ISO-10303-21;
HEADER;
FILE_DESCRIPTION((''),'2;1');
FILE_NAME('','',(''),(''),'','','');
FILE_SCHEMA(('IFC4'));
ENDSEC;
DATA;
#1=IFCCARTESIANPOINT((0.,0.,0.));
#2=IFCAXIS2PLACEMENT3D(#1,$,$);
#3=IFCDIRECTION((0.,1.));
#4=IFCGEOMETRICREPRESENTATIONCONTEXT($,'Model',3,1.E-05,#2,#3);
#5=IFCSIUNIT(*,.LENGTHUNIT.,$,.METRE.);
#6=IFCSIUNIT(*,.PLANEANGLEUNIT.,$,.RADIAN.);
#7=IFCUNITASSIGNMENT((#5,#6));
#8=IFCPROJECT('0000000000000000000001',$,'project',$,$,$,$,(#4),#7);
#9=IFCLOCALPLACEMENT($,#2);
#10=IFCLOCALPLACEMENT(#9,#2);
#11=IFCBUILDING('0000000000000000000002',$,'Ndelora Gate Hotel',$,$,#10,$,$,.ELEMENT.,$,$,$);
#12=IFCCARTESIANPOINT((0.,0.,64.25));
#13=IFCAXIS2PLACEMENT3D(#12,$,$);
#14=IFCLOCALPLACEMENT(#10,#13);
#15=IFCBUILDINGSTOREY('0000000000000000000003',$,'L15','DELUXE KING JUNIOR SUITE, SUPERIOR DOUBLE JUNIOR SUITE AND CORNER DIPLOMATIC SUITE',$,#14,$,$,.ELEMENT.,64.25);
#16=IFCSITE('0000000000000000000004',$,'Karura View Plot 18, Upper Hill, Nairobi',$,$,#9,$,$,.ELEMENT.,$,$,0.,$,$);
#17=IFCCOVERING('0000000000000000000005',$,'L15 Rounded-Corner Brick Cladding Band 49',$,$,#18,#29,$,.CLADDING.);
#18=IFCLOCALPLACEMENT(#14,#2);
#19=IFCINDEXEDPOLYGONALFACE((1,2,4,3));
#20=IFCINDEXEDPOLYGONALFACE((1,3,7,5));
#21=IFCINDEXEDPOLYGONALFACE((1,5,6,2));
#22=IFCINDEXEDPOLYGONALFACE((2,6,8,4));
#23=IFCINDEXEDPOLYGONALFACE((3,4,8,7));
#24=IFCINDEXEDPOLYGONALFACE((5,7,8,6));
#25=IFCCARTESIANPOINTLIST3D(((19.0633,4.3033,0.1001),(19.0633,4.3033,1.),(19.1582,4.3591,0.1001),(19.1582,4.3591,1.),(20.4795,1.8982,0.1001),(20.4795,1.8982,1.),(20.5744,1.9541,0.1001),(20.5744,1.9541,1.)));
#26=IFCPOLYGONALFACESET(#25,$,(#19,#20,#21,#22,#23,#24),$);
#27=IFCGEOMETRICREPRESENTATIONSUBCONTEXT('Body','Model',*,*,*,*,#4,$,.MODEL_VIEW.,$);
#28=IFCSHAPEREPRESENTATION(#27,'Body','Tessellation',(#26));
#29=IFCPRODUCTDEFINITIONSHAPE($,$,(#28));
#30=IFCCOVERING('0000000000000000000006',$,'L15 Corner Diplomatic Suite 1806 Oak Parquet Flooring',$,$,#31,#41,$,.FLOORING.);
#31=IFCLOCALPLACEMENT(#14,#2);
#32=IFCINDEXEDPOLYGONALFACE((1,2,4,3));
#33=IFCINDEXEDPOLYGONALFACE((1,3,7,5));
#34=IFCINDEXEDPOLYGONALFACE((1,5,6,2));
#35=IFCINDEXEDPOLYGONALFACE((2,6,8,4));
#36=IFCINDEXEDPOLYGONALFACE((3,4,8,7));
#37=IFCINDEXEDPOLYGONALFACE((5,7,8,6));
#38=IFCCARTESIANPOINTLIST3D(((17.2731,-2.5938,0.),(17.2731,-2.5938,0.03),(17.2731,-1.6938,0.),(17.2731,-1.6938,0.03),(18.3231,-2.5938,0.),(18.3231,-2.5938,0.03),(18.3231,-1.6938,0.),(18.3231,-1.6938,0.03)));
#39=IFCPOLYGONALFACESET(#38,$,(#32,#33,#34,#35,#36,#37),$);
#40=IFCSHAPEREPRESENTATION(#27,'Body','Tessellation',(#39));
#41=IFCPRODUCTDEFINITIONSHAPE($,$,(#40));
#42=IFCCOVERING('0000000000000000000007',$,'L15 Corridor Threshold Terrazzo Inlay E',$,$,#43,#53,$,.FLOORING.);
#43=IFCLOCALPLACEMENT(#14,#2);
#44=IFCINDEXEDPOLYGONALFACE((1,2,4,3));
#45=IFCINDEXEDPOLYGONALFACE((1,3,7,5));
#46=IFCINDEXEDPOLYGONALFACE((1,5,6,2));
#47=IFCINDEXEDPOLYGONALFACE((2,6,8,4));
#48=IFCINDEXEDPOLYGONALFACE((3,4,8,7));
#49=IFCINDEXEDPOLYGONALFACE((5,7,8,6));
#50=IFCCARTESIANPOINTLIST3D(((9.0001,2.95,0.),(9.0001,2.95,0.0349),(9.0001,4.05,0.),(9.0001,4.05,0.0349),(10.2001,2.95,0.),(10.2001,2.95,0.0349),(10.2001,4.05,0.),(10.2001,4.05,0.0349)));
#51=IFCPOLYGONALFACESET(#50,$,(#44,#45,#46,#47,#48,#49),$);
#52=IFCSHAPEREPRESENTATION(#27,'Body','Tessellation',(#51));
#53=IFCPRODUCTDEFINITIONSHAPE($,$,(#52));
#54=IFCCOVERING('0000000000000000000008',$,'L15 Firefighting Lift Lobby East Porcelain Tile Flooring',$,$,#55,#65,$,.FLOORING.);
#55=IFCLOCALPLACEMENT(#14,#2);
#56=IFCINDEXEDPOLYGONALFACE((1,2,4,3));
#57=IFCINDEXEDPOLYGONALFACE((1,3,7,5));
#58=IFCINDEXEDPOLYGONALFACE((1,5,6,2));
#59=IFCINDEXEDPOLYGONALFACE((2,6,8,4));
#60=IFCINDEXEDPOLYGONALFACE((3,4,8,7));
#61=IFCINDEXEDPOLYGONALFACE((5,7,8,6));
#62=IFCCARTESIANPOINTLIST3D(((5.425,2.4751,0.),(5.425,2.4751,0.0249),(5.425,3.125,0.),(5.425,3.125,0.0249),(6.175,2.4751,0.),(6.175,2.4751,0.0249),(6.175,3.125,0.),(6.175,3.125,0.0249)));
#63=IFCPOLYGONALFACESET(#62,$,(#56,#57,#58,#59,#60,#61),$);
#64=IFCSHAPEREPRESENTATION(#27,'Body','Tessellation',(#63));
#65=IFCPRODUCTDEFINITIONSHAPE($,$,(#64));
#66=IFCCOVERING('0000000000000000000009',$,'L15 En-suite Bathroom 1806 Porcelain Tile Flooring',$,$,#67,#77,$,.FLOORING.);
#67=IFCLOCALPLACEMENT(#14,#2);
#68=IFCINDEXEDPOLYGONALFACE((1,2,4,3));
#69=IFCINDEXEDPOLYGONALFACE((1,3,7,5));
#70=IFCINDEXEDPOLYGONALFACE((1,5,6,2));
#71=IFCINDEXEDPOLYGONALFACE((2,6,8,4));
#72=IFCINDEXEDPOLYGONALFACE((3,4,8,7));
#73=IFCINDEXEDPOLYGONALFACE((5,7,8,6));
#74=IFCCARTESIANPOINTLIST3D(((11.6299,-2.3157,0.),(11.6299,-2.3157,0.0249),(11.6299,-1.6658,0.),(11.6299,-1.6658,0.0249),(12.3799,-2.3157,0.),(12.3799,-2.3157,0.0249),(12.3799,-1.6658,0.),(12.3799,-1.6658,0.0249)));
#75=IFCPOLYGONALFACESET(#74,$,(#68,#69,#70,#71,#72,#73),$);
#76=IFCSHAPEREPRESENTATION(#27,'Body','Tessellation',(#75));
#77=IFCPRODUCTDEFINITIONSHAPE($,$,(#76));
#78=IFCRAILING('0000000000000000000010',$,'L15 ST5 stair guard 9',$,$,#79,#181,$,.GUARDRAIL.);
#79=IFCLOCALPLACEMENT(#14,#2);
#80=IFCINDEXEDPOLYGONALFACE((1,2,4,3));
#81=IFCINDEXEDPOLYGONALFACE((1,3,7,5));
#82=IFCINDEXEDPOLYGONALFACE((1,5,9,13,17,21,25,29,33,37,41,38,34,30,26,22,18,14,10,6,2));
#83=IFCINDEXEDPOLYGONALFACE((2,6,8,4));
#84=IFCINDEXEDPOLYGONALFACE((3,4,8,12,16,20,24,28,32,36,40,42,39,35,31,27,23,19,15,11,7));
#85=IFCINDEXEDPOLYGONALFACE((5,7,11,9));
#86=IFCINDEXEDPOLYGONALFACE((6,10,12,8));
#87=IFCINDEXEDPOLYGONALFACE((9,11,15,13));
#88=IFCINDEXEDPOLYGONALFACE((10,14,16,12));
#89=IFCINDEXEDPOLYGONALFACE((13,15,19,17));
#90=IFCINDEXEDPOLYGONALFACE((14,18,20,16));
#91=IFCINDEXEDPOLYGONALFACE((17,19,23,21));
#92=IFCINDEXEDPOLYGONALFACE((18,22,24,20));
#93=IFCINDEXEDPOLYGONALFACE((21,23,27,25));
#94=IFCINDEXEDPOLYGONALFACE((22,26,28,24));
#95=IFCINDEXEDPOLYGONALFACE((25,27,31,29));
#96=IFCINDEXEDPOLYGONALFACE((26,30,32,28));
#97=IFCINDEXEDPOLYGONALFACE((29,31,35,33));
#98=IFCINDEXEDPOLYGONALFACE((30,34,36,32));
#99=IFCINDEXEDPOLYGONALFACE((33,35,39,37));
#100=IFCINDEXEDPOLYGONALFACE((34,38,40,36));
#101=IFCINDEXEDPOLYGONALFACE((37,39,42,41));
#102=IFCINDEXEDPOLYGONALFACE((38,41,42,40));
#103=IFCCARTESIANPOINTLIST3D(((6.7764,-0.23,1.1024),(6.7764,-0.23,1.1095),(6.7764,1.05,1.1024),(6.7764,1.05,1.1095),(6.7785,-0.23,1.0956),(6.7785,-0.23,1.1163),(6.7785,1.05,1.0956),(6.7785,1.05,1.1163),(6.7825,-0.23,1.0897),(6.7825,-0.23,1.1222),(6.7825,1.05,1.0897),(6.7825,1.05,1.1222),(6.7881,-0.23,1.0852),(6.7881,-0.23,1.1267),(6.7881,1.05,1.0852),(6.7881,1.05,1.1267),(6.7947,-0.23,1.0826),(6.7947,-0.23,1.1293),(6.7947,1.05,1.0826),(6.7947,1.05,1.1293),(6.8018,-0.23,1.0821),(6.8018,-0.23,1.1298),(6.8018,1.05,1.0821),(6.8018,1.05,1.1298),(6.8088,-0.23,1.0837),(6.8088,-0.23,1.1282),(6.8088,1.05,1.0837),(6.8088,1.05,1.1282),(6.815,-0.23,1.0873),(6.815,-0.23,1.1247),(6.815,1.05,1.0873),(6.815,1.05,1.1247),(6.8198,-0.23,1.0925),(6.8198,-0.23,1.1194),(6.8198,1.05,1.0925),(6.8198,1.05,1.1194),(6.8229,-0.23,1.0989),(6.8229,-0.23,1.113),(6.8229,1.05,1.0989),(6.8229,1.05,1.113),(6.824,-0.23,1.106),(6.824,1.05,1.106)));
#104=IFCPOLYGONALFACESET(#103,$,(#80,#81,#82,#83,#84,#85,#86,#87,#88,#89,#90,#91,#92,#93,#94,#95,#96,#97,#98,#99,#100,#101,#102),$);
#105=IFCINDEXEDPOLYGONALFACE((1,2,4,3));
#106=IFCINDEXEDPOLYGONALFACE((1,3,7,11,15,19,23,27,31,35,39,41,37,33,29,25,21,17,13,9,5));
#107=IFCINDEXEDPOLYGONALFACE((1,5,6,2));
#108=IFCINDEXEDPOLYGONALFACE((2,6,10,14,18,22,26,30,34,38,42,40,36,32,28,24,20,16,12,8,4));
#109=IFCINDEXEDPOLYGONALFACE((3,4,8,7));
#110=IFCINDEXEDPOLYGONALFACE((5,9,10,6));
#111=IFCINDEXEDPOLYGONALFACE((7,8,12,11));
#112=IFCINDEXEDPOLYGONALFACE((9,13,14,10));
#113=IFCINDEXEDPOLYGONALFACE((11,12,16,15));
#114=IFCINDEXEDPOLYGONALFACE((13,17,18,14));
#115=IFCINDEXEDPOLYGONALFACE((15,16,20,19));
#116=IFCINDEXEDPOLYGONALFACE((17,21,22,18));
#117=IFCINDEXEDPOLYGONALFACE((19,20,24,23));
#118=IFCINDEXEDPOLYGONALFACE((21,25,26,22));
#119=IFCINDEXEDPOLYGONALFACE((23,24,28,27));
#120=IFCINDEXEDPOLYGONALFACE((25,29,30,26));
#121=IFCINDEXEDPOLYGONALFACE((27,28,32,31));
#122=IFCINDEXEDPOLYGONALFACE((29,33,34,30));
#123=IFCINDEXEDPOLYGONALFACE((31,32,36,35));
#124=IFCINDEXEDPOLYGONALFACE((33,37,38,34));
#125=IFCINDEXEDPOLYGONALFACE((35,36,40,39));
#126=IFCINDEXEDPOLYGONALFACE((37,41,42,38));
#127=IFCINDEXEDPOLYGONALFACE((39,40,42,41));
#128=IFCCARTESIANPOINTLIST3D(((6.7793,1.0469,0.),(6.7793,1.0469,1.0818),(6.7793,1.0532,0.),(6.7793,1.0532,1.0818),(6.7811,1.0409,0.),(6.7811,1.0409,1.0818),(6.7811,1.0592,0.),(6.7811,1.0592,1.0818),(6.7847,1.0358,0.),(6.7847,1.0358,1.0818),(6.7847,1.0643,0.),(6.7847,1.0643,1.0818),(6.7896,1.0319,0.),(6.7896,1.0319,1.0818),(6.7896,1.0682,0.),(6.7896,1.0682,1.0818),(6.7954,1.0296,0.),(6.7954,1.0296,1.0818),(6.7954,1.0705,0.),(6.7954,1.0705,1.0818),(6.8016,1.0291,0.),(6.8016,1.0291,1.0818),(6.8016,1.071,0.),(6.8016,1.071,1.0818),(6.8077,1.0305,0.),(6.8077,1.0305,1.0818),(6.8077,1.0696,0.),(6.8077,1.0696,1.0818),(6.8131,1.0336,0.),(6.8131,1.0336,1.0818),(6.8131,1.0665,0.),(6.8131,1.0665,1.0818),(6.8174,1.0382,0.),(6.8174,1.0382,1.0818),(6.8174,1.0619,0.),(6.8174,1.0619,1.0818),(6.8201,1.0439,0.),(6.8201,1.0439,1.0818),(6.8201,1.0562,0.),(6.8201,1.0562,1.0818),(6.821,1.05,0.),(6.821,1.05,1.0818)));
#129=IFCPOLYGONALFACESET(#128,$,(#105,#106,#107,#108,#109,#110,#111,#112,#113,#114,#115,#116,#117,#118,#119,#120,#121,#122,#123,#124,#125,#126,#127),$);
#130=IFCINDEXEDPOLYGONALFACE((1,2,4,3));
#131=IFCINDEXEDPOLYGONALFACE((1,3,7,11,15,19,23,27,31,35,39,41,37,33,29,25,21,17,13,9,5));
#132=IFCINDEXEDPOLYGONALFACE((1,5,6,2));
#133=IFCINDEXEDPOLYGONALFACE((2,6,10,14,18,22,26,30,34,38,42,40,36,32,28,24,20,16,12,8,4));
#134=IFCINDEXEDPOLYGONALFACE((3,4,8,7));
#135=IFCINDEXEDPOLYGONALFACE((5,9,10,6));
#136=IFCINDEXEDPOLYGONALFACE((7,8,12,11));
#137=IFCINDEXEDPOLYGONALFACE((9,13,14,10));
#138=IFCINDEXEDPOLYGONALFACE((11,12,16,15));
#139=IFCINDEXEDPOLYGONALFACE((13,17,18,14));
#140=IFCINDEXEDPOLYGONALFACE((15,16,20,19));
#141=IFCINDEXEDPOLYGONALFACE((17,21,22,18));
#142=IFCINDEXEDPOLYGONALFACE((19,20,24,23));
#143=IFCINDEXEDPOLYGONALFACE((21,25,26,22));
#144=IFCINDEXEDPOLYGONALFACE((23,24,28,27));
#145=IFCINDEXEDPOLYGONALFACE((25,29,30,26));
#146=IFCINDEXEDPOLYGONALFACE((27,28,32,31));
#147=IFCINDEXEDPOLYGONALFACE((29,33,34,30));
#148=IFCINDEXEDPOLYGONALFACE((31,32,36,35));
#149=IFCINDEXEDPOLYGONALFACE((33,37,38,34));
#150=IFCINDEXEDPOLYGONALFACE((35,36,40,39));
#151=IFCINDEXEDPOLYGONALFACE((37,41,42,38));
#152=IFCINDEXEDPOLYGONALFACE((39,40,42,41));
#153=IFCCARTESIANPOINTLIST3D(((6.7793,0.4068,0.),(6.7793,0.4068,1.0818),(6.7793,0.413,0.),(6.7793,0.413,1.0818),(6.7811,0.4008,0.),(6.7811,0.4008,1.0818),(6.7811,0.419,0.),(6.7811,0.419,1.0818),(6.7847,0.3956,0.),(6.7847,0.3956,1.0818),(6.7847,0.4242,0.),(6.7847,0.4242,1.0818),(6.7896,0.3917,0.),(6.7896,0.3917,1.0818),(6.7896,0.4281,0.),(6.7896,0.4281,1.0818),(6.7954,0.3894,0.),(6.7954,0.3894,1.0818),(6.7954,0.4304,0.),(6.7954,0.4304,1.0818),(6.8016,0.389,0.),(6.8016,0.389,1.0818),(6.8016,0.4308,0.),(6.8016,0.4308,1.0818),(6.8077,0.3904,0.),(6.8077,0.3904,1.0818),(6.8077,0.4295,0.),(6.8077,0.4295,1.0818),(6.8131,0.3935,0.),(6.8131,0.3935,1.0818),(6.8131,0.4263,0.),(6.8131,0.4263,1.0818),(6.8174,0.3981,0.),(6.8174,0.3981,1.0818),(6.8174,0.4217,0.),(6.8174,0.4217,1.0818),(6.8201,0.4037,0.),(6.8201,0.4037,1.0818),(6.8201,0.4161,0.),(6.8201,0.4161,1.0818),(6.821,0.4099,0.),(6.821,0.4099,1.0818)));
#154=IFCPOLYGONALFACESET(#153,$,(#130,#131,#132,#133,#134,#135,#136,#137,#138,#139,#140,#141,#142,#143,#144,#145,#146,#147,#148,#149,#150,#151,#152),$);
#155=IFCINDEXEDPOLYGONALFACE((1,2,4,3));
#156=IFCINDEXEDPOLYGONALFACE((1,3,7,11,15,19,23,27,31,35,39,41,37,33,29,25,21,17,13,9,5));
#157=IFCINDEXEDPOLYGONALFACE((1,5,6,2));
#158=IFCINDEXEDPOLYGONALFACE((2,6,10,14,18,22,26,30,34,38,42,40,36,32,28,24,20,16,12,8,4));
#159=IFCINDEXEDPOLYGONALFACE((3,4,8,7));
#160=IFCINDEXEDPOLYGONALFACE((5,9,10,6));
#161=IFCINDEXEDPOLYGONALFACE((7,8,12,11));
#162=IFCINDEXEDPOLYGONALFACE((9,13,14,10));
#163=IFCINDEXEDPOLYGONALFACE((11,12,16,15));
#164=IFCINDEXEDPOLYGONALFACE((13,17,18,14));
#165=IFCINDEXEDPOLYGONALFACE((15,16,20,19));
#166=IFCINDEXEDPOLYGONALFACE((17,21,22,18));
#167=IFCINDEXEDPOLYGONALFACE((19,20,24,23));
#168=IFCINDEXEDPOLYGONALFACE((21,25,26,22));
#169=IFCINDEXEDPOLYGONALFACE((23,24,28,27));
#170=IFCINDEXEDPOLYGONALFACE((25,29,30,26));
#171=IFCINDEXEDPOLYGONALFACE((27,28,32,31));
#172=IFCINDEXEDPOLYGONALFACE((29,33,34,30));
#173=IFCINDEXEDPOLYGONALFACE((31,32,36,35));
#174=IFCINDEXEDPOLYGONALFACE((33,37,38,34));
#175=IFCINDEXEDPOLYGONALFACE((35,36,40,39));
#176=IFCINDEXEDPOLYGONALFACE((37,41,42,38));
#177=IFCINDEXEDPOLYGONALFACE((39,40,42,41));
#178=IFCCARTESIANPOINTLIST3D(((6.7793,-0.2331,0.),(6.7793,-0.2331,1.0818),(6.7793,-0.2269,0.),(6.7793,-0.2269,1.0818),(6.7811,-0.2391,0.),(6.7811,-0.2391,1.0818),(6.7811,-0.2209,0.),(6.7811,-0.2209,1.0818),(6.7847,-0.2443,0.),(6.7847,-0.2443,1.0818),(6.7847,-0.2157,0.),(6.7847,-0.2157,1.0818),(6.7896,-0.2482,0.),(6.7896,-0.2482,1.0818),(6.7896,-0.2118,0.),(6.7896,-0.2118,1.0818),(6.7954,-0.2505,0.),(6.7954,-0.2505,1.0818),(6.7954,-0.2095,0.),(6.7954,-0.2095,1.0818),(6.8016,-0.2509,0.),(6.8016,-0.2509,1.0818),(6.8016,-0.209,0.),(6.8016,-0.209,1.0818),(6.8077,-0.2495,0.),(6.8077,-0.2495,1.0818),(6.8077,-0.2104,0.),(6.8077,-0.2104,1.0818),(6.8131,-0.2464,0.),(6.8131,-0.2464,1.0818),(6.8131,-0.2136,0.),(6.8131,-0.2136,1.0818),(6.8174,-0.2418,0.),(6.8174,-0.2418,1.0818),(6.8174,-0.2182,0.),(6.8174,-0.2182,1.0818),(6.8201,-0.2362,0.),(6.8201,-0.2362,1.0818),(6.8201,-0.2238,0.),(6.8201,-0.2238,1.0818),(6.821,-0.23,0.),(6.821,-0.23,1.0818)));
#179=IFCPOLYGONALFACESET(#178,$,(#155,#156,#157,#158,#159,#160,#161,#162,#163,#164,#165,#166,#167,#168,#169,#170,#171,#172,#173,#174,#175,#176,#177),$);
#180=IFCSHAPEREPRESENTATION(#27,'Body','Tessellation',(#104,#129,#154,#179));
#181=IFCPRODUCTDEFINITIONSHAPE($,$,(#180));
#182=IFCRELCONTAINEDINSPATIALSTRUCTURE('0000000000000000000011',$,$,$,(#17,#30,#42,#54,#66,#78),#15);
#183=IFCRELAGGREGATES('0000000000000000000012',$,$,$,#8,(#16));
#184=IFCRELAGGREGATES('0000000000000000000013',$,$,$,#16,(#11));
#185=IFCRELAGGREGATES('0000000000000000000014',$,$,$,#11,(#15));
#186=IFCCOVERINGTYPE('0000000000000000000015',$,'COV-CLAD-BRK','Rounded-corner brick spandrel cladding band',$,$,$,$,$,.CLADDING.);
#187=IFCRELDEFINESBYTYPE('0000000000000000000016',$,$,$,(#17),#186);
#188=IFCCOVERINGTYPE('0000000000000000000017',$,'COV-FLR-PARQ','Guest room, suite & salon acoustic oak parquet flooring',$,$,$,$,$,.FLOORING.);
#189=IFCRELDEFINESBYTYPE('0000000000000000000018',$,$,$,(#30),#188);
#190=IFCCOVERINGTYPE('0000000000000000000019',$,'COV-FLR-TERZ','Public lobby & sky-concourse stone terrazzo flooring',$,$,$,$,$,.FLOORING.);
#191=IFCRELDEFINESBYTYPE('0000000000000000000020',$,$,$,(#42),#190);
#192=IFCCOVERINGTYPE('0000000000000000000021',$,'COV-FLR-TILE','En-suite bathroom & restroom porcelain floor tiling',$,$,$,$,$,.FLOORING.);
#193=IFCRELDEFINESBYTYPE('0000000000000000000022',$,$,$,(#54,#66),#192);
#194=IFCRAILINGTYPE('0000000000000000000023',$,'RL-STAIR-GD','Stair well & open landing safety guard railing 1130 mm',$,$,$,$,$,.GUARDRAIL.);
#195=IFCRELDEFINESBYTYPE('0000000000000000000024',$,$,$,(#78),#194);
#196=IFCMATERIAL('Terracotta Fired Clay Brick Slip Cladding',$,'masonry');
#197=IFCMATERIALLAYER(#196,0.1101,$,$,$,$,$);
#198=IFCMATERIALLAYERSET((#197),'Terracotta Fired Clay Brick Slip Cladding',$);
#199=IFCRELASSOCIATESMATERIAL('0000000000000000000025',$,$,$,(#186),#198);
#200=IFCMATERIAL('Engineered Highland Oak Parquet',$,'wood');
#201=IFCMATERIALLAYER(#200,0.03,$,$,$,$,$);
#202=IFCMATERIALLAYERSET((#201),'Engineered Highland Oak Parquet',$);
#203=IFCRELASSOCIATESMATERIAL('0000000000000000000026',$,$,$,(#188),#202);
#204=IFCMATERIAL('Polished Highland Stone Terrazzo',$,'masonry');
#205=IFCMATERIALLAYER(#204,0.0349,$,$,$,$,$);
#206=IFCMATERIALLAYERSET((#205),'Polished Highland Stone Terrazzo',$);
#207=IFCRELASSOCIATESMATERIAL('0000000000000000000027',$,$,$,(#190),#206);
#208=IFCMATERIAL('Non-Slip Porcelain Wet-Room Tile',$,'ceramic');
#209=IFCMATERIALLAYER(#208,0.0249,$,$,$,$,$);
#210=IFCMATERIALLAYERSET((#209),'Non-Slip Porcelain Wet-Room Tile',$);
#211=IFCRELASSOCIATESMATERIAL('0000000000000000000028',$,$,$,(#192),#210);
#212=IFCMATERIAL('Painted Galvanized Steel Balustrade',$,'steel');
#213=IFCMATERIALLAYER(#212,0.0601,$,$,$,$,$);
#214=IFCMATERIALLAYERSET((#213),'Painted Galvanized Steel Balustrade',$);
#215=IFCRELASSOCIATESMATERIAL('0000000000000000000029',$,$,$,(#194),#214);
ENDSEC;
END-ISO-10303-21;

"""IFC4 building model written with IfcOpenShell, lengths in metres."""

from ifc_helpers import new_model, si_unit, direction, frame, origin, origin_2d, place, context, subcontext, project, spatial, rectangle, circle, extrude, material, layer, layer_set, type_object, element, save


model = new_model("IFC4")

# Units and contexts
model_context = context("Model", 3, precision=1e-05, world=origin(), true_north=direction((0.0, 1.0)))
body_context = subcontext(model_context, "Body", "Model", "MODEL_VIEW")
ifc_project = project(units=[si_unit("LENGTHUNIT", "METRE"), si_unit("PLANEANGLEUNIT", "RADIAN")], contexts=[model_context])

# Site, building, storey
site_placement = place(None, origin())
site = spatial("IfcSite", under=ifc_project, at=site_placement, Name="Karura View Plot 18, Upper Hill, Nairobi", CompositionType="ELEMENT", RefElevation=0.0)
building_placement = place(site_placement, origin())
building = spatial("IfcBuilding", under=site, at=building_placement, Name="Ndelora Gate Hotel", CompositionType="ELEMENT")
storey_placement = place(building_placement, frame((0.0, 0.0, 64.25)))
storey = spatial("IfcBuildingStorey", under=building, at=storey_placement, Name="L15", Description="DELUXE KING JUNIOR SUITE, SUPERIOR DOUBLE JUNIOR SUITE AND CORNER DIPLOMATIC SUITE", CompositionType="ELEMENT", Elevation=64.25)

# Coverings
ifc_material_1 = material(Name="Terracotta Fired Clay Brick Slip Cladding", Category="masonry")
ifc_layer_1 = layer(ifc_material_1, 0.1101)
ifc_layer_set_1 = layer_set([ifc_layer_1], Name="Terracotta Fired Clay Brick Slip Cladding")
covering_type_1 = type_object("IfcCoveringType", Name="COV-CLAD-BRK", Description="Rounded-corner brick spandrel cladding band", PredefinedType="CLADDING", material=ifc_layer_set_1)
covering_1_placement = place(storey_placement, frame((19.8188, 3.1287, 0.1001), z_axis=(0.0, 0.0, 1.0), x_axis=(-0.507388, 0.861718, 0.0)))
element("IfcCovering", 1, at=covering_1_placement, inside=storey, type_object=covering_type_1, Name="L15 Rounded-Corner Brick Cladding Band 49", PredefinedType="CLADDING", context=body_context, shape_type="SweptSolid", body=[
    extrude(rectangle(XDim=2.791, YDim=0.1101, at=origin_2d()), origin(), (0.0, 0.0, 1.0), 0.8999),
])
ifc_material_2 = material(Name="Engineered Highland Oak Parquet", Category="wood")
ifc_layer_2 = layer(ifc_material_2, 0.03)
ifc_layer_set_2 = layer_set([ifc_layer_2], Name="Engineered Highland Oak Parquet")
covering_type_2 = type_object("IfcCoveringType", Name="COV-FLR-PARQ", Description="Guest room, suite & salon acoustic oak parquet flooring", PredefinedType="FLOORING", material=ifc_layer_set_2)
covering_2_placement = place(storey_placement, frame((17.7981, -2.1438, 0.0), z_axis=(0.0, 0.0, 1.0), x_axis=(1.0, 0.0, 0.0)))
element("IfcCovering", 2, at=covering_2_placement, inside=storey, type_object=covering_type_2, Name="L15 Corner Diplomatic Suite 1806 Oak Parquet Flooring", PredefinedType="FLOORING", context=body_context, shape_type="SweptSolid", body=[
    extrude(rectangle(XDim=1.05, YDim=0.8999, at=origin_2d()), origin(), (0.0, 0.0, 1.0), 0.03),
])
ifc_material_3 = material(Name="Polished Highland Stone Terrazzo", Category="masonry")
ifc_layer_3 = layer(ifc_material_3, 0.0349)
ifc_layer_set_3 = layer_set([ifc_layer_3], Name="Polished Highland Stone Terrazzo")
covering_type_3 = type_object("IfcCoveringType", Name="COV-FLR-TERZ", Description="Public lobby & sky-concourse stone terrazzo flooring", PredefinedType="FLOORING", material=ifc_layer_set_3)
covering_3_placement = place(storey_placement, frame((9.6001, 3.5, 0.0), z_axis=(0.0, 0.0, 1.0), x_axis=(1.0, 0.0, 0.0)))
element("IfcCovering", 3, at=covering_3_placement, inside=storey, type_object=covering_type_3, Name="L15 Corridor Threshold Terrazzo Inlay E", PredefinedType="FLOORING", context=body_context, shape_type="SweptSolid", body=[
    extrude(rectangle(XDim=1.2, YDim=1.1001, at=origin_2d()), origin(), (0.0, 0.0, 1.0), 0.0349),
])
ifc_material_4 = material(Name="Non-Slip Porcelain Wet-Room Tile", Category="ceramic")
ifc_layer_4 = layer(ifc_material_4, 0.0249)
ifc_layer_set_4 = layer_set([ifc_layer_4], Name="Non-Slip Porcelain Wet-Room Tile")
covering_type_4 = type_object("IfcCoveringType", Name="COV-FLR-TILE", Description="En-suite bathroom & restroom porcelain floor tiling", PredefinedType="FLOORING", material=ifc_layer_set_4)
for number, where, z_axis, x_axis, name in (
    (4, (5.8, 2.8, 0.0), (0.0, 0.0, 1.0), (1.0, 0.0, 0.0), "L15 Firefighting Lift Lobby East Porcelain Tile Flooring"),
    (5, (12.0049, -1.9907, 0.0), (0.0, 0.0, 1.0), (1.0, 0.0, 0.0), "L15 En-suite Bathroom 1806 Porcelain Tile Flooring"),
):
    element("IfcCovering", number, at=place(storey_placement, frame(where, z_axis=z_axis, x_axis=x_axis)), inside=storey, type_object=covering_type_4, Name=name, PredefinedType="FLOORING", context=body_context, shape_type="SweptSolid", body=[
        extrude(rectangle(XDim=0.75, YDim=0.6499, at=origin_2d()), origin(), (0.0, 0.0, 1.0), 0.0249),
    ])

# Railing
ifc_material_5 = material(Name="Painted Galvanized Steel Balustrade", Category="steel")
ifc_layer_5 = layer(ifc_material_5, 0.0601)
ifc_layer_set_5 = layer_set([ifc_layer_5], Name="Painted Galvanized Steel Balustrade")
railing_type_1 = type_object("IfcRailingType", Name="RL-STAIR-GD", Description="Stair well & open landing safety guard railing 1130 mm", PredefinedType="GUARDRAIL", material=ifc_layer_set_5)
railing_1_placement = place(storey_placement, frame((6.8, 1.05, 0.0)))
element("IfcRailing", 6, at=railing_1_placement, inside=storey, type_object=railing_type_1, Name="L15 ST5 stair guard 9", PredefinedType="GUARDRAIL", context=body_context, shape_type="SweptSolid", body=[
    extrude(circle(Radius=0.0239, at=origin_2d()), frame((0.0, 0.0, 1.106), z_axis=(0.0, -1.0, 0.0), x_axis=(1.0, 0.0, 0.0)), (0.0, 0.0, 1.0), 1.28),
    extrude(circle(Radius=0.021, at=origin_2d()), origin(), (0.0, 0.0, 1.0), 1.0818),
    extrude(circle(Radius=0.021, at=origin_2d()), frame((0.0, -0.6401, 0.0)), (0.0, 0.0, 1.0), 1.0818),
    extrude(circle(Radius=0.021, at=origin_2d()), frame((0.0, -1.28, 0.0)), (0.0, 0.0, 1.0), 1.0818),
])

save(model, "model.ifc")
